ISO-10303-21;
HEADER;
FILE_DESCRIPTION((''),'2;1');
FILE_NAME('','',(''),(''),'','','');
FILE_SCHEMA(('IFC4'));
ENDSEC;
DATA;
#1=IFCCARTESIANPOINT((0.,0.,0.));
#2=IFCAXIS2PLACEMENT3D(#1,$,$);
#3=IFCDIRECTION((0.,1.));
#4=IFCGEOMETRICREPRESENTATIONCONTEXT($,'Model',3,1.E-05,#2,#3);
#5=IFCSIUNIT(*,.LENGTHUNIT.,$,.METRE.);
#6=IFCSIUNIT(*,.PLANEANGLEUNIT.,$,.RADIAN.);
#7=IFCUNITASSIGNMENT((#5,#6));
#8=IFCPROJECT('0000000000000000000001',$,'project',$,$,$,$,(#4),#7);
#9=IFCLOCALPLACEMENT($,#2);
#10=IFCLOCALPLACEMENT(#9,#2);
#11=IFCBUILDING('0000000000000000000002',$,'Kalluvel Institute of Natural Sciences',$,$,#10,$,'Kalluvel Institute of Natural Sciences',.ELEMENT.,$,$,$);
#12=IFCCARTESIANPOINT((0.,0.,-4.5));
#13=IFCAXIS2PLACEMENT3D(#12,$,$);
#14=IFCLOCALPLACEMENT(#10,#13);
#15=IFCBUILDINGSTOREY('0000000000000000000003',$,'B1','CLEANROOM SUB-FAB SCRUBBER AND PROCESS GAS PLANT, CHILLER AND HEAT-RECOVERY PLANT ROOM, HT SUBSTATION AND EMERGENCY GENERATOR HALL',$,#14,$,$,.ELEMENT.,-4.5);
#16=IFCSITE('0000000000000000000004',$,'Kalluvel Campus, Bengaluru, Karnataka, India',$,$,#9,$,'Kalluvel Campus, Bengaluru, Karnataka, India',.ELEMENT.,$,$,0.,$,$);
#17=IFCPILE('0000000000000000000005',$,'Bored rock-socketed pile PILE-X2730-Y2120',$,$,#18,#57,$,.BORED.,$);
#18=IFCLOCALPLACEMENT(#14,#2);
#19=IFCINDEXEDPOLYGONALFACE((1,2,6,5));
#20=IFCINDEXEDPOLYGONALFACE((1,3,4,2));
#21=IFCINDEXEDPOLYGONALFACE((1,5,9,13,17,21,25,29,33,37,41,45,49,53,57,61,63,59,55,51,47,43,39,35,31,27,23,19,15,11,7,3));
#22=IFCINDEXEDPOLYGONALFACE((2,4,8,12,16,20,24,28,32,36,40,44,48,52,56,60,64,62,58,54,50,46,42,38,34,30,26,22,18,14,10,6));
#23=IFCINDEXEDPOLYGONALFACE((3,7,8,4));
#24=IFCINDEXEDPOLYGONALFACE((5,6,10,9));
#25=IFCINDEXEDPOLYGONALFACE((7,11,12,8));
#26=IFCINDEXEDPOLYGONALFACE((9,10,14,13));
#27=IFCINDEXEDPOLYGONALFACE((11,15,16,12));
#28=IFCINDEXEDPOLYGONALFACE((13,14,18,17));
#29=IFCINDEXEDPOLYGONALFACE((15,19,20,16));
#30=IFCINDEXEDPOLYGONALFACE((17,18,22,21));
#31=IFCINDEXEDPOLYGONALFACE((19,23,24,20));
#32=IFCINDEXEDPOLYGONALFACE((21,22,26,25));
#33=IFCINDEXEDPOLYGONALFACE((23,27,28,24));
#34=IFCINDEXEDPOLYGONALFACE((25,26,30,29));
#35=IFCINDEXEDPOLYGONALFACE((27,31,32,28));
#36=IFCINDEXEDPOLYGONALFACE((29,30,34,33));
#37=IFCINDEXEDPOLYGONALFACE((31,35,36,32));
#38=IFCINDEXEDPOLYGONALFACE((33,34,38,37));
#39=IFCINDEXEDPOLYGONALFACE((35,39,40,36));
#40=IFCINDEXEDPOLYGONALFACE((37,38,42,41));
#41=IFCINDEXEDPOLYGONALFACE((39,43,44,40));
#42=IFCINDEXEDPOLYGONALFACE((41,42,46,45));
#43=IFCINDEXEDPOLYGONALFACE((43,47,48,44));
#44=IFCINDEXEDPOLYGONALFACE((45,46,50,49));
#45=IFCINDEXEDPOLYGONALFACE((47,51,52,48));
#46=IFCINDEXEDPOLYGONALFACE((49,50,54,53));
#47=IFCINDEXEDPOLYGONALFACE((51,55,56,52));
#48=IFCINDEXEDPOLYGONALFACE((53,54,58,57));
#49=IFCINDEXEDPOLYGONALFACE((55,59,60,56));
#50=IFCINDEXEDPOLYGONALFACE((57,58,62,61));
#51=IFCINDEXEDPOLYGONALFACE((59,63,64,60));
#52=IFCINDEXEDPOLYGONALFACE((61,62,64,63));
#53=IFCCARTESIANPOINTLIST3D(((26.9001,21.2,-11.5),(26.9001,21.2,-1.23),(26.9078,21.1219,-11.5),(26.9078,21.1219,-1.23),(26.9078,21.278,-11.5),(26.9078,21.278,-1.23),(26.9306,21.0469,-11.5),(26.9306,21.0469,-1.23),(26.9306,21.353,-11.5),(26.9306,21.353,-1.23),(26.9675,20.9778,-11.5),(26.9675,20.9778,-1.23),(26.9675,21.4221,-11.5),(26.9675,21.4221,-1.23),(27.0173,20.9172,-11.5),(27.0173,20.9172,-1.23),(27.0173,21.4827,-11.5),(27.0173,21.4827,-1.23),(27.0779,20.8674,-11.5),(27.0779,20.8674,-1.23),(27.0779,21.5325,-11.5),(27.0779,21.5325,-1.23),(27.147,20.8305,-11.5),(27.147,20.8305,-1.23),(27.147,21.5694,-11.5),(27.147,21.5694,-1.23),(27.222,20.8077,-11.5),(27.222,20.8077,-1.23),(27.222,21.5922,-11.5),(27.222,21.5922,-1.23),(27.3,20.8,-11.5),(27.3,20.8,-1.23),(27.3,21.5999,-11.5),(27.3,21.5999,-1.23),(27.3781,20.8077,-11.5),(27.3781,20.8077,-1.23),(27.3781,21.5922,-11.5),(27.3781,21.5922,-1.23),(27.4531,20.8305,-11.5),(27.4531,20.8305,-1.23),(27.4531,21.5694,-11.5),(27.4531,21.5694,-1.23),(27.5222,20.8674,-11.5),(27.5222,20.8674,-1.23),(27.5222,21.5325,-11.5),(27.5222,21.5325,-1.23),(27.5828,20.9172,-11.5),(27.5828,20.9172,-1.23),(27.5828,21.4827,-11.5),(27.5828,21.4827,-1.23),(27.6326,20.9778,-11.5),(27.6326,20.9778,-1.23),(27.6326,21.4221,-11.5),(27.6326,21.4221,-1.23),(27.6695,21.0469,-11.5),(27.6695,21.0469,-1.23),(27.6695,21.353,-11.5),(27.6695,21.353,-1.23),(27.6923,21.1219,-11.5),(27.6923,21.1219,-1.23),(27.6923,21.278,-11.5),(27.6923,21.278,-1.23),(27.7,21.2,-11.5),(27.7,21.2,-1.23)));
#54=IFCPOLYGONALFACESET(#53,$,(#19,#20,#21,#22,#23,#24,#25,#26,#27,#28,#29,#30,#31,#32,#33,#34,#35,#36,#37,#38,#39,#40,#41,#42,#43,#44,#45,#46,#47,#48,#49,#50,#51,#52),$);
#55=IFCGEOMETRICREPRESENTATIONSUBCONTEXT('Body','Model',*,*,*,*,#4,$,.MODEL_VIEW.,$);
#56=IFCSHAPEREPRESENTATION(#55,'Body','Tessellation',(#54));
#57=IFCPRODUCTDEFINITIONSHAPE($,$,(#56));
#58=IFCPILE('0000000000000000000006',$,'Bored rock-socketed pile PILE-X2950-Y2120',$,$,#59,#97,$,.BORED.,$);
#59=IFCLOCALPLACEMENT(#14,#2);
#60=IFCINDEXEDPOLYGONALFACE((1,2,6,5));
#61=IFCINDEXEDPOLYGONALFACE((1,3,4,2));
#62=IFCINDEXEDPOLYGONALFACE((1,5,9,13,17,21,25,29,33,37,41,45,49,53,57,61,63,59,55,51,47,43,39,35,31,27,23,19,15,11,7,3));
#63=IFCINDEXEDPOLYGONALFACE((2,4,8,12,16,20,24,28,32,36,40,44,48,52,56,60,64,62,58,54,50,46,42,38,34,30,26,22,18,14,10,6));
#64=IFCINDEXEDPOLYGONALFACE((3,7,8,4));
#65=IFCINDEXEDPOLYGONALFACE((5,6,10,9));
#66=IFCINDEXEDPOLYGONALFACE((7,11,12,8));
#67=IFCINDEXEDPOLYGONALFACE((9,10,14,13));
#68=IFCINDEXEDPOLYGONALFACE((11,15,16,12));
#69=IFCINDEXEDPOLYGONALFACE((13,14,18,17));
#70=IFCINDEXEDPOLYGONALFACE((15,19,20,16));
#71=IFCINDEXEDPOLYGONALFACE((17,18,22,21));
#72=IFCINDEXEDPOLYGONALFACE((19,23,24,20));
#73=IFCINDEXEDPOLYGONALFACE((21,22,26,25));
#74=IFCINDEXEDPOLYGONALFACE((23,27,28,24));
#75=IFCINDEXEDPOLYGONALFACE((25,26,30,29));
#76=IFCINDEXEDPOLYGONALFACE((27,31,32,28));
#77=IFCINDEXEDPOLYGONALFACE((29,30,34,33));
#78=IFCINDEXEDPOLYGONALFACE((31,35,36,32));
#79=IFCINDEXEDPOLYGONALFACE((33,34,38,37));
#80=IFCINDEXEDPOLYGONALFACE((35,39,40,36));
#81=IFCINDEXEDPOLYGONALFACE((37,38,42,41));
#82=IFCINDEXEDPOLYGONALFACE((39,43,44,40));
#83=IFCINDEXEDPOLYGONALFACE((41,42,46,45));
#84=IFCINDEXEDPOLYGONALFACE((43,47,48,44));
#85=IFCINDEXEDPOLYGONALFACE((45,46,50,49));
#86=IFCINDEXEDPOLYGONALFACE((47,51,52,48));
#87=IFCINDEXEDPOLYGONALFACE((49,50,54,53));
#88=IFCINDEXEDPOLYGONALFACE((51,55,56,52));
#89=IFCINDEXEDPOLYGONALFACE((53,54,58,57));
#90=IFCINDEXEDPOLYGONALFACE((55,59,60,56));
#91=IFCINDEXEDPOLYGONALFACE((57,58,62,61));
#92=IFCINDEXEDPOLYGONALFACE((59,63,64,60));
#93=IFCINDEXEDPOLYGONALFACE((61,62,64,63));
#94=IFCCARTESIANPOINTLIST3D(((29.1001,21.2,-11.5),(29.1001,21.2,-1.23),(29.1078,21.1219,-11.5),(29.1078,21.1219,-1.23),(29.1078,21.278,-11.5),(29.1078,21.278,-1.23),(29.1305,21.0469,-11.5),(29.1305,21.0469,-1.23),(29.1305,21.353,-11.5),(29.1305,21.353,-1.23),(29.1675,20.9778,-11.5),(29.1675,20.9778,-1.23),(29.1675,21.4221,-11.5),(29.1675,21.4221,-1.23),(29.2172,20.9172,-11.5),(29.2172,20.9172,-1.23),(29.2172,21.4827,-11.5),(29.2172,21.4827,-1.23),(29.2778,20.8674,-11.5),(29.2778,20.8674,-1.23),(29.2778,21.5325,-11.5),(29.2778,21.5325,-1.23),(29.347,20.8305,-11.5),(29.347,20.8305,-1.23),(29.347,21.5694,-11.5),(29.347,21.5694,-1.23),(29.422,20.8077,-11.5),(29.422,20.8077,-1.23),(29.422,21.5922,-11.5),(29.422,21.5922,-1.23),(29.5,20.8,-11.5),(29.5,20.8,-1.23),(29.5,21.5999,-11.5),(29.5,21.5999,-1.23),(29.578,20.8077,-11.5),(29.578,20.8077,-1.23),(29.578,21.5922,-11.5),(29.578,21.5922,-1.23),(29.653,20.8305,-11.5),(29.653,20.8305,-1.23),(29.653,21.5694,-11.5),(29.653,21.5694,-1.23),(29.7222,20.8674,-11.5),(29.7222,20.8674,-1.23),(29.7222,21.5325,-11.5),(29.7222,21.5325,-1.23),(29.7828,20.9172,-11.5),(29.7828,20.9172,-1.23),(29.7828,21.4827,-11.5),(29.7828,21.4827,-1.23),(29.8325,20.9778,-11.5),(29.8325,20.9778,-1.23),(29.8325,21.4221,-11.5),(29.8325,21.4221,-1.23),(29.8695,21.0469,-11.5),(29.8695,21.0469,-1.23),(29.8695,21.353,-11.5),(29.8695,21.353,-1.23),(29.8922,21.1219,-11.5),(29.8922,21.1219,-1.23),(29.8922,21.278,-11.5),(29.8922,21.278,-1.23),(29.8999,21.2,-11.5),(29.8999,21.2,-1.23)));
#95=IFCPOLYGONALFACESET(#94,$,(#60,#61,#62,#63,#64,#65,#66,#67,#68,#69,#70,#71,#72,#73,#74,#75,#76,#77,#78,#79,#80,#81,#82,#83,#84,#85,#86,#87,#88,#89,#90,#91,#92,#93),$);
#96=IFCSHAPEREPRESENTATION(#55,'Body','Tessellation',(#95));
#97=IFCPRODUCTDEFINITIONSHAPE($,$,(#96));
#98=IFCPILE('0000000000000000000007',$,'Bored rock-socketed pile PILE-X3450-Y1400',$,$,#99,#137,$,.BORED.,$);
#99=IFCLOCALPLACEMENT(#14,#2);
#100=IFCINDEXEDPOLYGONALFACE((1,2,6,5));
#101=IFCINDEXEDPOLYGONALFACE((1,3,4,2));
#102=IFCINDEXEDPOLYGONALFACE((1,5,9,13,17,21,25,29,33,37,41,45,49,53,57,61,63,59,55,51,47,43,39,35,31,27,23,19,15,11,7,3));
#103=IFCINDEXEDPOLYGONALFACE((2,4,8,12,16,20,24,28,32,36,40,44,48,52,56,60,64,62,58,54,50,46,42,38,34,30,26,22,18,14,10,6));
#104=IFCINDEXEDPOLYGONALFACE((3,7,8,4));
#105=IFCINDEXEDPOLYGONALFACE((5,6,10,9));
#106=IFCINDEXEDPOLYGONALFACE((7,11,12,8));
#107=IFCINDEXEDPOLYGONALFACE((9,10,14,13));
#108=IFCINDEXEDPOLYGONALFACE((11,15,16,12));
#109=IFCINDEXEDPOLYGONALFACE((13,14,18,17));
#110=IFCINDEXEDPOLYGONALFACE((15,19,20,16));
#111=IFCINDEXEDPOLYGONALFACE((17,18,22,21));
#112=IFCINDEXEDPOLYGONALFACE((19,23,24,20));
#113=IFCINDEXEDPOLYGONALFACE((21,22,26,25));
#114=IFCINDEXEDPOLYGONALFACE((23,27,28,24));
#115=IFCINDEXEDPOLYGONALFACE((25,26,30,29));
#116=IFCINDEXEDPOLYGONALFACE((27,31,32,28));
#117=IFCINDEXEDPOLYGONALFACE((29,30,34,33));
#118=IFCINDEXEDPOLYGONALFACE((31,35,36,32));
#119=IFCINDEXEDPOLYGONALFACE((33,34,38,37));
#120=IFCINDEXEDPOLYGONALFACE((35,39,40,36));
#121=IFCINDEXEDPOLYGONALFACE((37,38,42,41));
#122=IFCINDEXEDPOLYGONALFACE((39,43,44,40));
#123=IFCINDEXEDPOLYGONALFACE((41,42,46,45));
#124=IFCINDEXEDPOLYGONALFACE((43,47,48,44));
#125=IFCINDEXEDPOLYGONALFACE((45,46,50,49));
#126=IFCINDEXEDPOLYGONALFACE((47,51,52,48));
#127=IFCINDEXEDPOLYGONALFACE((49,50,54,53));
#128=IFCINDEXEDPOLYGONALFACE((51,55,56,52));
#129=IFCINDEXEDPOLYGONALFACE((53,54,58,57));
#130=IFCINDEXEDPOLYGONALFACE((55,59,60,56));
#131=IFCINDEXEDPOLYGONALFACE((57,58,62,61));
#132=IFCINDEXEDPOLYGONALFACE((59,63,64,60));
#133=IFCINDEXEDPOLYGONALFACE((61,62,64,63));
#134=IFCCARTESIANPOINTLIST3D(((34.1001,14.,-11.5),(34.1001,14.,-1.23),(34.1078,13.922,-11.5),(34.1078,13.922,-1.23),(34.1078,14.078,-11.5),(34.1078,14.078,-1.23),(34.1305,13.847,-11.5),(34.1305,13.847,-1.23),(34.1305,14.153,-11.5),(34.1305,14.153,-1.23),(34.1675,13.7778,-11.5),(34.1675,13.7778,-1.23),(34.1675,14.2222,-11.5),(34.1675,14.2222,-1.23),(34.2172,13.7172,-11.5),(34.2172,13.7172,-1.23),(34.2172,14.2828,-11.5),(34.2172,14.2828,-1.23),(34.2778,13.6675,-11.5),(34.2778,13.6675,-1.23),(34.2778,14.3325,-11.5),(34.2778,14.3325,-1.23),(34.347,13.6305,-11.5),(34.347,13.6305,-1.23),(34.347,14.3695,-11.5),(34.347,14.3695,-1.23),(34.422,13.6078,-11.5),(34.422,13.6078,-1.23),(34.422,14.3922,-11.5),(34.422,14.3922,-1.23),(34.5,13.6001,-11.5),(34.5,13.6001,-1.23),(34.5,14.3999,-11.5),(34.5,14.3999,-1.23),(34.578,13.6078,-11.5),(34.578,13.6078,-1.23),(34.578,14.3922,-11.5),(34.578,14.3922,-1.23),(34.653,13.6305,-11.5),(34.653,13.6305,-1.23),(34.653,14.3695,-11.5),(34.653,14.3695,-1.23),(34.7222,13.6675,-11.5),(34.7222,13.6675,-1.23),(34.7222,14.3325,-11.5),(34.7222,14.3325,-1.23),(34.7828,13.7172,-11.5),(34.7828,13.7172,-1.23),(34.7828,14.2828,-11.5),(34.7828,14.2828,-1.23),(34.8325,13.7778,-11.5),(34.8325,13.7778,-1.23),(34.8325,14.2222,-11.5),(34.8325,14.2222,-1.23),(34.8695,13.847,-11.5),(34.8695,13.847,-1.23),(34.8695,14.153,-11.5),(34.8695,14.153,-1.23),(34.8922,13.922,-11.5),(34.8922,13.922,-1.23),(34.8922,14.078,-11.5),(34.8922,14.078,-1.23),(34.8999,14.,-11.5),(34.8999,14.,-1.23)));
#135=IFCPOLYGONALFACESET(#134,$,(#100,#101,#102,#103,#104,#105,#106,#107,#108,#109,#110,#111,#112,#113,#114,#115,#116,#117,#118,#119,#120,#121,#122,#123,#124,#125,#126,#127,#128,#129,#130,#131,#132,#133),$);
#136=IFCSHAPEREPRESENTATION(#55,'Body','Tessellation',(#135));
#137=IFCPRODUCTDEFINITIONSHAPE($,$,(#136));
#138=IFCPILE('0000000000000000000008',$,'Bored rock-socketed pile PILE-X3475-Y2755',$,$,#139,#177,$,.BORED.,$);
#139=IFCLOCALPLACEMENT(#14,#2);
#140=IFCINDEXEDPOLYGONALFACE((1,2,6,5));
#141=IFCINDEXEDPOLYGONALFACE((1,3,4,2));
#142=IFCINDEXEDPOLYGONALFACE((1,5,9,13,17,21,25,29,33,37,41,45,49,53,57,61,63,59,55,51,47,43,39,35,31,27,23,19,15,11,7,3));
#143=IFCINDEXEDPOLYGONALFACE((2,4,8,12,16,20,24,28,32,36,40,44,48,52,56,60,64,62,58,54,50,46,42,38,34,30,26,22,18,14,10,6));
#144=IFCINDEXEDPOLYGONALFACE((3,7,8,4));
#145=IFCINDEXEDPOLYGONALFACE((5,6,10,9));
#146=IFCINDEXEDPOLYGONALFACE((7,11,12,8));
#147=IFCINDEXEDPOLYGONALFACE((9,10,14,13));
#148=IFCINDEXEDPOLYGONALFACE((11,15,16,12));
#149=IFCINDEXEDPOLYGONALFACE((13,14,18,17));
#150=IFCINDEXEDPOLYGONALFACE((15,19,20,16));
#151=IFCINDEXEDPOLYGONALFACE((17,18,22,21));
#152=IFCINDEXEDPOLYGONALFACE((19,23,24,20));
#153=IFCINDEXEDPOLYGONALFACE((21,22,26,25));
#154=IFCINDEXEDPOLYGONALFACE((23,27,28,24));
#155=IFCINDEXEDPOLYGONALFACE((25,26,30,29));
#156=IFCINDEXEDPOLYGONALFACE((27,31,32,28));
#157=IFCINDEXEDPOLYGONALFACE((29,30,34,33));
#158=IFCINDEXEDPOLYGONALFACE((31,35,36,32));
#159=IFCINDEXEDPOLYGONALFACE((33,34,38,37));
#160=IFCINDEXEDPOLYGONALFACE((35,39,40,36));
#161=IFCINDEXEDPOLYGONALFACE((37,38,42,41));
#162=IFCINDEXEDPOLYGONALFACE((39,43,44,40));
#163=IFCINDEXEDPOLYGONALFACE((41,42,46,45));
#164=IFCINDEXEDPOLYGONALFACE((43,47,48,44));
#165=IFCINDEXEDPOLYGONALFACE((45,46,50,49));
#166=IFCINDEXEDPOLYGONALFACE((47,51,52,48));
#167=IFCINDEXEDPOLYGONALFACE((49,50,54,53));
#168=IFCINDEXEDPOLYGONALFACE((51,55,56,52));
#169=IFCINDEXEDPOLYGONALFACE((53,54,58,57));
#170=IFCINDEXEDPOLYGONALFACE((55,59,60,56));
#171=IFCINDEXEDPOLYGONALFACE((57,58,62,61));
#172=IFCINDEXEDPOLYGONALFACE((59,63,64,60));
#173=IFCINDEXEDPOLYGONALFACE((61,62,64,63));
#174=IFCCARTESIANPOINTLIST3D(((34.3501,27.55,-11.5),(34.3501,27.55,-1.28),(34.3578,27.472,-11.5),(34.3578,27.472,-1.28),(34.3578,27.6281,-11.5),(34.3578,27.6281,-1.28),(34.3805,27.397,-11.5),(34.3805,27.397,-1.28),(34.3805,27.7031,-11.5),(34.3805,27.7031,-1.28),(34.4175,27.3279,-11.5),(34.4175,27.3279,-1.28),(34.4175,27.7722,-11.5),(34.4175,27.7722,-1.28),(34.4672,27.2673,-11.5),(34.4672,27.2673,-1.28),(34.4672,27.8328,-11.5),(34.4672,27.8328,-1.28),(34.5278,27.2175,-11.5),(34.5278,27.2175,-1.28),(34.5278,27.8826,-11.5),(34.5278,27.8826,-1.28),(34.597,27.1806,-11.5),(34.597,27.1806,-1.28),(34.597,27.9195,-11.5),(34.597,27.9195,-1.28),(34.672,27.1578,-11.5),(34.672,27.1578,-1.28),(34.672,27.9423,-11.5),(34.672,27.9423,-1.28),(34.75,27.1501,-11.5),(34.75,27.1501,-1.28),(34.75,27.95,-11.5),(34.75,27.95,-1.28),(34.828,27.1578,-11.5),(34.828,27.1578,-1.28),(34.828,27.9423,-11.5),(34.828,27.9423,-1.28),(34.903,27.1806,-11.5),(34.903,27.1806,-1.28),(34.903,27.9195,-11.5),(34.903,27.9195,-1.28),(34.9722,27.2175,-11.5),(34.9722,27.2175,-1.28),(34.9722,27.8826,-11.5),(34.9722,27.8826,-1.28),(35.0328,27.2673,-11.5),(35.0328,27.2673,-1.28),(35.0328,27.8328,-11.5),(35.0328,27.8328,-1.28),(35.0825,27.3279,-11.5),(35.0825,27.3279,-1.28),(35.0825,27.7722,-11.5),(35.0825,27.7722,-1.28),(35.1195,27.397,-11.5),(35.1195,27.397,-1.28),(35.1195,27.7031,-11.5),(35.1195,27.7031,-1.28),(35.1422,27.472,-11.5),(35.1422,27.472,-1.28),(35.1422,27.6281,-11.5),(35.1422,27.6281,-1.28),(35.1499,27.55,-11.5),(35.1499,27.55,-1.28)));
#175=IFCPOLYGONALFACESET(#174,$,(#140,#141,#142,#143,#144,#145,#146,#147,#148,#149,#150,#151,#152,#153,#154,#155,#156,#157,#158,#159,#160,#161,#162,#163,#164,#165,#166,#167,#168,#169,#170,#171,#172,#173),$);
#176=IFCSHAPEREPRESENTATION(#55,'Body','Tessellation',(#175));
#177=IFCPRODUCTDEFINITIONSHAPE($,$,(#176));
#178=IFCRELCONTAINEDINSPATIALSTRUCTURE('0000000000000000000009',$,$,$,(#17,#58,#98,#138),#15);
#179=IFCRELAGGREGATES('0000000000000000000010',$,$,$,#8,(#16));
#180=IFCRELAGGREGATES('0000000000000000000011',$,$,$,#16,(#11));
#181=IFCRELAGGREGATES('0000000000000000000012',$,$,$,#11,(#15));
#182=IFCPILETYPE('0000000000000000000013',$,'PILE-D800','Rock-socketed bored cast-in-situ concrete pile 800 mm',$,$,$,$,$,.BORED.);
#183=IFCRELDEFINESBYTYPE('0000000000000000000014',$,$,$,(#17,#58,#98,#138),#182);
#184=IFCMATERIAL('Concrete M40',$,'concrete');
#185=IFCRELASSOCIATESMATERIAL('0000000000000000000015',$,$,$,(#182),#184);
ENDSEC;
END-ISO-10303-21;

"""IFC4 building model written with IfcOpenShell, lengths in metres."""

from ifc_helpers import new_model, si_unit, direction, frame, origin, origin_2d, place, context, subcontext, project, spatial, circle, extrude, material, material_profile, profile_set, type_object, element, save


model = new_model("IFC4")

# Units and contexts
model_context = context("Model", 3, precision=1e-05, world=origin(), true_north=direction((0.0, 1.0)))
body_context = subcontext(model_context, "Body", "Model", "MODEL_VIEW")
ifc_project = project(units=[si_unit("LENGTHUNIT", "METRE"), si_unit("PLANEANGLEUNIT", "RADIAN")], contexts=[model_context])

# Site, building, storey
site_placement = place(None, origin())
site = spatial("IfcSite", under=ifc_project, at=site_placement, Name="Kalluvel Campus, Bengaluru, Karnataka, India", LongName="Kalluvel Campus, Bengaluru, Karnataka, India", CompositionType="ELEMENT", RefElevation=0.0)
building_placement = place(site_placement, origin())
building = spatial("IfcBuilding", under=site, at=building_placement, Name="Kalluvel Institute of Natural Sciences", LongName="Kalluvel Institute of Natural Sciences", CompositionType="ELEMENT")
storey_placement = place(building_placement, frame((0.0, 0.0, -4.5)))
storey = spatial("IfcBuildingStorey", under=building, at=storey_placement, Name="B1", Description="CLEANROOM SUB-FAB SCRUBBER AND PROCESS GAS PLANT, CHILLER AND HEAT-RECOVERY PLANT ROOM, HT SUBSTATION AND EMERGENCY GENERATOR HALL", CompositionType="ELEMENT", Elevation=-4.5)

# Shared definitions
ifc_material_1 = material(Name="Concrete M40", Category="concrete")

# Piles
ifc_material_profile_1 = material_profile(ifc_material_1, circle(Radius=0.3999, at=origin_2d()), Name="PILE D800")
ifc_profile_set_1 = profile_set([ifc_material_profile_1], Name="Concrete M40")
pile_type_1 = type_object("IfcPileType", Name="PILE-D800", Description="Rock-socketed bored cast-in-situ concrete pile 800 mm", PredefinedType="BORED", material=ifc_profile_set_1)
for number, where, z_axis, x_axis, name in (
    (1, (27.3, 21.2, -1.23), (0.0, 0.0, -1.0), (1.0, 0.0, 0.0), "Bored rock-socketed pile PILE-X2730-Y2120"),
    (2, (29.5, 21.2, -1.23), (0.0, 0.0, -1.0), (1.0, 0.0, 0.0), "Bored rock-socketed pile PILE-X2950-Y2120"),
    (3, (34.5, 14.0, -1.23), (0.0, 0.0, -1.0), (1.0, 0.0, 0.0), "Bored rock-socketed pile PILE-X3450-Y1400"),
):
    element("IfcPile", number, at=place(storey_placement, frame(where, z_axis=z_axis, x_axis=x_axis)), inside=storey, type_object=pile_type_1, Name=name, PredefinedType="BORED", context=body_context, shape_type="SweptSolid", body=[
        extrude(circle(Radius=0.3999, at=origin_2d()), origin(), (0.0, 0.0, 1.0), 10.27),
    ])
pile_1_placement = place(storey_placement, frame((34.75, 27.55, -1.28), z_axis=(0.0, 0.0, -1.0), x_axis=(1.0, 0.0, 0.0)))
element("IfcPile", 4, at=pile_1_placement, inside=storey, type_object=pile_type_1, Name="Bored rock-socketed pile PILE-X3475-Y2755", PredefinedType="BORED", context=body_context, shape_type="SweptSolid", body=[
    extrude(circle(Radius=0.3999, at=origin_2d()), origin(), (0.0, 0.0, 1.0), 10.22),
])

save(model, "model.ifc")
